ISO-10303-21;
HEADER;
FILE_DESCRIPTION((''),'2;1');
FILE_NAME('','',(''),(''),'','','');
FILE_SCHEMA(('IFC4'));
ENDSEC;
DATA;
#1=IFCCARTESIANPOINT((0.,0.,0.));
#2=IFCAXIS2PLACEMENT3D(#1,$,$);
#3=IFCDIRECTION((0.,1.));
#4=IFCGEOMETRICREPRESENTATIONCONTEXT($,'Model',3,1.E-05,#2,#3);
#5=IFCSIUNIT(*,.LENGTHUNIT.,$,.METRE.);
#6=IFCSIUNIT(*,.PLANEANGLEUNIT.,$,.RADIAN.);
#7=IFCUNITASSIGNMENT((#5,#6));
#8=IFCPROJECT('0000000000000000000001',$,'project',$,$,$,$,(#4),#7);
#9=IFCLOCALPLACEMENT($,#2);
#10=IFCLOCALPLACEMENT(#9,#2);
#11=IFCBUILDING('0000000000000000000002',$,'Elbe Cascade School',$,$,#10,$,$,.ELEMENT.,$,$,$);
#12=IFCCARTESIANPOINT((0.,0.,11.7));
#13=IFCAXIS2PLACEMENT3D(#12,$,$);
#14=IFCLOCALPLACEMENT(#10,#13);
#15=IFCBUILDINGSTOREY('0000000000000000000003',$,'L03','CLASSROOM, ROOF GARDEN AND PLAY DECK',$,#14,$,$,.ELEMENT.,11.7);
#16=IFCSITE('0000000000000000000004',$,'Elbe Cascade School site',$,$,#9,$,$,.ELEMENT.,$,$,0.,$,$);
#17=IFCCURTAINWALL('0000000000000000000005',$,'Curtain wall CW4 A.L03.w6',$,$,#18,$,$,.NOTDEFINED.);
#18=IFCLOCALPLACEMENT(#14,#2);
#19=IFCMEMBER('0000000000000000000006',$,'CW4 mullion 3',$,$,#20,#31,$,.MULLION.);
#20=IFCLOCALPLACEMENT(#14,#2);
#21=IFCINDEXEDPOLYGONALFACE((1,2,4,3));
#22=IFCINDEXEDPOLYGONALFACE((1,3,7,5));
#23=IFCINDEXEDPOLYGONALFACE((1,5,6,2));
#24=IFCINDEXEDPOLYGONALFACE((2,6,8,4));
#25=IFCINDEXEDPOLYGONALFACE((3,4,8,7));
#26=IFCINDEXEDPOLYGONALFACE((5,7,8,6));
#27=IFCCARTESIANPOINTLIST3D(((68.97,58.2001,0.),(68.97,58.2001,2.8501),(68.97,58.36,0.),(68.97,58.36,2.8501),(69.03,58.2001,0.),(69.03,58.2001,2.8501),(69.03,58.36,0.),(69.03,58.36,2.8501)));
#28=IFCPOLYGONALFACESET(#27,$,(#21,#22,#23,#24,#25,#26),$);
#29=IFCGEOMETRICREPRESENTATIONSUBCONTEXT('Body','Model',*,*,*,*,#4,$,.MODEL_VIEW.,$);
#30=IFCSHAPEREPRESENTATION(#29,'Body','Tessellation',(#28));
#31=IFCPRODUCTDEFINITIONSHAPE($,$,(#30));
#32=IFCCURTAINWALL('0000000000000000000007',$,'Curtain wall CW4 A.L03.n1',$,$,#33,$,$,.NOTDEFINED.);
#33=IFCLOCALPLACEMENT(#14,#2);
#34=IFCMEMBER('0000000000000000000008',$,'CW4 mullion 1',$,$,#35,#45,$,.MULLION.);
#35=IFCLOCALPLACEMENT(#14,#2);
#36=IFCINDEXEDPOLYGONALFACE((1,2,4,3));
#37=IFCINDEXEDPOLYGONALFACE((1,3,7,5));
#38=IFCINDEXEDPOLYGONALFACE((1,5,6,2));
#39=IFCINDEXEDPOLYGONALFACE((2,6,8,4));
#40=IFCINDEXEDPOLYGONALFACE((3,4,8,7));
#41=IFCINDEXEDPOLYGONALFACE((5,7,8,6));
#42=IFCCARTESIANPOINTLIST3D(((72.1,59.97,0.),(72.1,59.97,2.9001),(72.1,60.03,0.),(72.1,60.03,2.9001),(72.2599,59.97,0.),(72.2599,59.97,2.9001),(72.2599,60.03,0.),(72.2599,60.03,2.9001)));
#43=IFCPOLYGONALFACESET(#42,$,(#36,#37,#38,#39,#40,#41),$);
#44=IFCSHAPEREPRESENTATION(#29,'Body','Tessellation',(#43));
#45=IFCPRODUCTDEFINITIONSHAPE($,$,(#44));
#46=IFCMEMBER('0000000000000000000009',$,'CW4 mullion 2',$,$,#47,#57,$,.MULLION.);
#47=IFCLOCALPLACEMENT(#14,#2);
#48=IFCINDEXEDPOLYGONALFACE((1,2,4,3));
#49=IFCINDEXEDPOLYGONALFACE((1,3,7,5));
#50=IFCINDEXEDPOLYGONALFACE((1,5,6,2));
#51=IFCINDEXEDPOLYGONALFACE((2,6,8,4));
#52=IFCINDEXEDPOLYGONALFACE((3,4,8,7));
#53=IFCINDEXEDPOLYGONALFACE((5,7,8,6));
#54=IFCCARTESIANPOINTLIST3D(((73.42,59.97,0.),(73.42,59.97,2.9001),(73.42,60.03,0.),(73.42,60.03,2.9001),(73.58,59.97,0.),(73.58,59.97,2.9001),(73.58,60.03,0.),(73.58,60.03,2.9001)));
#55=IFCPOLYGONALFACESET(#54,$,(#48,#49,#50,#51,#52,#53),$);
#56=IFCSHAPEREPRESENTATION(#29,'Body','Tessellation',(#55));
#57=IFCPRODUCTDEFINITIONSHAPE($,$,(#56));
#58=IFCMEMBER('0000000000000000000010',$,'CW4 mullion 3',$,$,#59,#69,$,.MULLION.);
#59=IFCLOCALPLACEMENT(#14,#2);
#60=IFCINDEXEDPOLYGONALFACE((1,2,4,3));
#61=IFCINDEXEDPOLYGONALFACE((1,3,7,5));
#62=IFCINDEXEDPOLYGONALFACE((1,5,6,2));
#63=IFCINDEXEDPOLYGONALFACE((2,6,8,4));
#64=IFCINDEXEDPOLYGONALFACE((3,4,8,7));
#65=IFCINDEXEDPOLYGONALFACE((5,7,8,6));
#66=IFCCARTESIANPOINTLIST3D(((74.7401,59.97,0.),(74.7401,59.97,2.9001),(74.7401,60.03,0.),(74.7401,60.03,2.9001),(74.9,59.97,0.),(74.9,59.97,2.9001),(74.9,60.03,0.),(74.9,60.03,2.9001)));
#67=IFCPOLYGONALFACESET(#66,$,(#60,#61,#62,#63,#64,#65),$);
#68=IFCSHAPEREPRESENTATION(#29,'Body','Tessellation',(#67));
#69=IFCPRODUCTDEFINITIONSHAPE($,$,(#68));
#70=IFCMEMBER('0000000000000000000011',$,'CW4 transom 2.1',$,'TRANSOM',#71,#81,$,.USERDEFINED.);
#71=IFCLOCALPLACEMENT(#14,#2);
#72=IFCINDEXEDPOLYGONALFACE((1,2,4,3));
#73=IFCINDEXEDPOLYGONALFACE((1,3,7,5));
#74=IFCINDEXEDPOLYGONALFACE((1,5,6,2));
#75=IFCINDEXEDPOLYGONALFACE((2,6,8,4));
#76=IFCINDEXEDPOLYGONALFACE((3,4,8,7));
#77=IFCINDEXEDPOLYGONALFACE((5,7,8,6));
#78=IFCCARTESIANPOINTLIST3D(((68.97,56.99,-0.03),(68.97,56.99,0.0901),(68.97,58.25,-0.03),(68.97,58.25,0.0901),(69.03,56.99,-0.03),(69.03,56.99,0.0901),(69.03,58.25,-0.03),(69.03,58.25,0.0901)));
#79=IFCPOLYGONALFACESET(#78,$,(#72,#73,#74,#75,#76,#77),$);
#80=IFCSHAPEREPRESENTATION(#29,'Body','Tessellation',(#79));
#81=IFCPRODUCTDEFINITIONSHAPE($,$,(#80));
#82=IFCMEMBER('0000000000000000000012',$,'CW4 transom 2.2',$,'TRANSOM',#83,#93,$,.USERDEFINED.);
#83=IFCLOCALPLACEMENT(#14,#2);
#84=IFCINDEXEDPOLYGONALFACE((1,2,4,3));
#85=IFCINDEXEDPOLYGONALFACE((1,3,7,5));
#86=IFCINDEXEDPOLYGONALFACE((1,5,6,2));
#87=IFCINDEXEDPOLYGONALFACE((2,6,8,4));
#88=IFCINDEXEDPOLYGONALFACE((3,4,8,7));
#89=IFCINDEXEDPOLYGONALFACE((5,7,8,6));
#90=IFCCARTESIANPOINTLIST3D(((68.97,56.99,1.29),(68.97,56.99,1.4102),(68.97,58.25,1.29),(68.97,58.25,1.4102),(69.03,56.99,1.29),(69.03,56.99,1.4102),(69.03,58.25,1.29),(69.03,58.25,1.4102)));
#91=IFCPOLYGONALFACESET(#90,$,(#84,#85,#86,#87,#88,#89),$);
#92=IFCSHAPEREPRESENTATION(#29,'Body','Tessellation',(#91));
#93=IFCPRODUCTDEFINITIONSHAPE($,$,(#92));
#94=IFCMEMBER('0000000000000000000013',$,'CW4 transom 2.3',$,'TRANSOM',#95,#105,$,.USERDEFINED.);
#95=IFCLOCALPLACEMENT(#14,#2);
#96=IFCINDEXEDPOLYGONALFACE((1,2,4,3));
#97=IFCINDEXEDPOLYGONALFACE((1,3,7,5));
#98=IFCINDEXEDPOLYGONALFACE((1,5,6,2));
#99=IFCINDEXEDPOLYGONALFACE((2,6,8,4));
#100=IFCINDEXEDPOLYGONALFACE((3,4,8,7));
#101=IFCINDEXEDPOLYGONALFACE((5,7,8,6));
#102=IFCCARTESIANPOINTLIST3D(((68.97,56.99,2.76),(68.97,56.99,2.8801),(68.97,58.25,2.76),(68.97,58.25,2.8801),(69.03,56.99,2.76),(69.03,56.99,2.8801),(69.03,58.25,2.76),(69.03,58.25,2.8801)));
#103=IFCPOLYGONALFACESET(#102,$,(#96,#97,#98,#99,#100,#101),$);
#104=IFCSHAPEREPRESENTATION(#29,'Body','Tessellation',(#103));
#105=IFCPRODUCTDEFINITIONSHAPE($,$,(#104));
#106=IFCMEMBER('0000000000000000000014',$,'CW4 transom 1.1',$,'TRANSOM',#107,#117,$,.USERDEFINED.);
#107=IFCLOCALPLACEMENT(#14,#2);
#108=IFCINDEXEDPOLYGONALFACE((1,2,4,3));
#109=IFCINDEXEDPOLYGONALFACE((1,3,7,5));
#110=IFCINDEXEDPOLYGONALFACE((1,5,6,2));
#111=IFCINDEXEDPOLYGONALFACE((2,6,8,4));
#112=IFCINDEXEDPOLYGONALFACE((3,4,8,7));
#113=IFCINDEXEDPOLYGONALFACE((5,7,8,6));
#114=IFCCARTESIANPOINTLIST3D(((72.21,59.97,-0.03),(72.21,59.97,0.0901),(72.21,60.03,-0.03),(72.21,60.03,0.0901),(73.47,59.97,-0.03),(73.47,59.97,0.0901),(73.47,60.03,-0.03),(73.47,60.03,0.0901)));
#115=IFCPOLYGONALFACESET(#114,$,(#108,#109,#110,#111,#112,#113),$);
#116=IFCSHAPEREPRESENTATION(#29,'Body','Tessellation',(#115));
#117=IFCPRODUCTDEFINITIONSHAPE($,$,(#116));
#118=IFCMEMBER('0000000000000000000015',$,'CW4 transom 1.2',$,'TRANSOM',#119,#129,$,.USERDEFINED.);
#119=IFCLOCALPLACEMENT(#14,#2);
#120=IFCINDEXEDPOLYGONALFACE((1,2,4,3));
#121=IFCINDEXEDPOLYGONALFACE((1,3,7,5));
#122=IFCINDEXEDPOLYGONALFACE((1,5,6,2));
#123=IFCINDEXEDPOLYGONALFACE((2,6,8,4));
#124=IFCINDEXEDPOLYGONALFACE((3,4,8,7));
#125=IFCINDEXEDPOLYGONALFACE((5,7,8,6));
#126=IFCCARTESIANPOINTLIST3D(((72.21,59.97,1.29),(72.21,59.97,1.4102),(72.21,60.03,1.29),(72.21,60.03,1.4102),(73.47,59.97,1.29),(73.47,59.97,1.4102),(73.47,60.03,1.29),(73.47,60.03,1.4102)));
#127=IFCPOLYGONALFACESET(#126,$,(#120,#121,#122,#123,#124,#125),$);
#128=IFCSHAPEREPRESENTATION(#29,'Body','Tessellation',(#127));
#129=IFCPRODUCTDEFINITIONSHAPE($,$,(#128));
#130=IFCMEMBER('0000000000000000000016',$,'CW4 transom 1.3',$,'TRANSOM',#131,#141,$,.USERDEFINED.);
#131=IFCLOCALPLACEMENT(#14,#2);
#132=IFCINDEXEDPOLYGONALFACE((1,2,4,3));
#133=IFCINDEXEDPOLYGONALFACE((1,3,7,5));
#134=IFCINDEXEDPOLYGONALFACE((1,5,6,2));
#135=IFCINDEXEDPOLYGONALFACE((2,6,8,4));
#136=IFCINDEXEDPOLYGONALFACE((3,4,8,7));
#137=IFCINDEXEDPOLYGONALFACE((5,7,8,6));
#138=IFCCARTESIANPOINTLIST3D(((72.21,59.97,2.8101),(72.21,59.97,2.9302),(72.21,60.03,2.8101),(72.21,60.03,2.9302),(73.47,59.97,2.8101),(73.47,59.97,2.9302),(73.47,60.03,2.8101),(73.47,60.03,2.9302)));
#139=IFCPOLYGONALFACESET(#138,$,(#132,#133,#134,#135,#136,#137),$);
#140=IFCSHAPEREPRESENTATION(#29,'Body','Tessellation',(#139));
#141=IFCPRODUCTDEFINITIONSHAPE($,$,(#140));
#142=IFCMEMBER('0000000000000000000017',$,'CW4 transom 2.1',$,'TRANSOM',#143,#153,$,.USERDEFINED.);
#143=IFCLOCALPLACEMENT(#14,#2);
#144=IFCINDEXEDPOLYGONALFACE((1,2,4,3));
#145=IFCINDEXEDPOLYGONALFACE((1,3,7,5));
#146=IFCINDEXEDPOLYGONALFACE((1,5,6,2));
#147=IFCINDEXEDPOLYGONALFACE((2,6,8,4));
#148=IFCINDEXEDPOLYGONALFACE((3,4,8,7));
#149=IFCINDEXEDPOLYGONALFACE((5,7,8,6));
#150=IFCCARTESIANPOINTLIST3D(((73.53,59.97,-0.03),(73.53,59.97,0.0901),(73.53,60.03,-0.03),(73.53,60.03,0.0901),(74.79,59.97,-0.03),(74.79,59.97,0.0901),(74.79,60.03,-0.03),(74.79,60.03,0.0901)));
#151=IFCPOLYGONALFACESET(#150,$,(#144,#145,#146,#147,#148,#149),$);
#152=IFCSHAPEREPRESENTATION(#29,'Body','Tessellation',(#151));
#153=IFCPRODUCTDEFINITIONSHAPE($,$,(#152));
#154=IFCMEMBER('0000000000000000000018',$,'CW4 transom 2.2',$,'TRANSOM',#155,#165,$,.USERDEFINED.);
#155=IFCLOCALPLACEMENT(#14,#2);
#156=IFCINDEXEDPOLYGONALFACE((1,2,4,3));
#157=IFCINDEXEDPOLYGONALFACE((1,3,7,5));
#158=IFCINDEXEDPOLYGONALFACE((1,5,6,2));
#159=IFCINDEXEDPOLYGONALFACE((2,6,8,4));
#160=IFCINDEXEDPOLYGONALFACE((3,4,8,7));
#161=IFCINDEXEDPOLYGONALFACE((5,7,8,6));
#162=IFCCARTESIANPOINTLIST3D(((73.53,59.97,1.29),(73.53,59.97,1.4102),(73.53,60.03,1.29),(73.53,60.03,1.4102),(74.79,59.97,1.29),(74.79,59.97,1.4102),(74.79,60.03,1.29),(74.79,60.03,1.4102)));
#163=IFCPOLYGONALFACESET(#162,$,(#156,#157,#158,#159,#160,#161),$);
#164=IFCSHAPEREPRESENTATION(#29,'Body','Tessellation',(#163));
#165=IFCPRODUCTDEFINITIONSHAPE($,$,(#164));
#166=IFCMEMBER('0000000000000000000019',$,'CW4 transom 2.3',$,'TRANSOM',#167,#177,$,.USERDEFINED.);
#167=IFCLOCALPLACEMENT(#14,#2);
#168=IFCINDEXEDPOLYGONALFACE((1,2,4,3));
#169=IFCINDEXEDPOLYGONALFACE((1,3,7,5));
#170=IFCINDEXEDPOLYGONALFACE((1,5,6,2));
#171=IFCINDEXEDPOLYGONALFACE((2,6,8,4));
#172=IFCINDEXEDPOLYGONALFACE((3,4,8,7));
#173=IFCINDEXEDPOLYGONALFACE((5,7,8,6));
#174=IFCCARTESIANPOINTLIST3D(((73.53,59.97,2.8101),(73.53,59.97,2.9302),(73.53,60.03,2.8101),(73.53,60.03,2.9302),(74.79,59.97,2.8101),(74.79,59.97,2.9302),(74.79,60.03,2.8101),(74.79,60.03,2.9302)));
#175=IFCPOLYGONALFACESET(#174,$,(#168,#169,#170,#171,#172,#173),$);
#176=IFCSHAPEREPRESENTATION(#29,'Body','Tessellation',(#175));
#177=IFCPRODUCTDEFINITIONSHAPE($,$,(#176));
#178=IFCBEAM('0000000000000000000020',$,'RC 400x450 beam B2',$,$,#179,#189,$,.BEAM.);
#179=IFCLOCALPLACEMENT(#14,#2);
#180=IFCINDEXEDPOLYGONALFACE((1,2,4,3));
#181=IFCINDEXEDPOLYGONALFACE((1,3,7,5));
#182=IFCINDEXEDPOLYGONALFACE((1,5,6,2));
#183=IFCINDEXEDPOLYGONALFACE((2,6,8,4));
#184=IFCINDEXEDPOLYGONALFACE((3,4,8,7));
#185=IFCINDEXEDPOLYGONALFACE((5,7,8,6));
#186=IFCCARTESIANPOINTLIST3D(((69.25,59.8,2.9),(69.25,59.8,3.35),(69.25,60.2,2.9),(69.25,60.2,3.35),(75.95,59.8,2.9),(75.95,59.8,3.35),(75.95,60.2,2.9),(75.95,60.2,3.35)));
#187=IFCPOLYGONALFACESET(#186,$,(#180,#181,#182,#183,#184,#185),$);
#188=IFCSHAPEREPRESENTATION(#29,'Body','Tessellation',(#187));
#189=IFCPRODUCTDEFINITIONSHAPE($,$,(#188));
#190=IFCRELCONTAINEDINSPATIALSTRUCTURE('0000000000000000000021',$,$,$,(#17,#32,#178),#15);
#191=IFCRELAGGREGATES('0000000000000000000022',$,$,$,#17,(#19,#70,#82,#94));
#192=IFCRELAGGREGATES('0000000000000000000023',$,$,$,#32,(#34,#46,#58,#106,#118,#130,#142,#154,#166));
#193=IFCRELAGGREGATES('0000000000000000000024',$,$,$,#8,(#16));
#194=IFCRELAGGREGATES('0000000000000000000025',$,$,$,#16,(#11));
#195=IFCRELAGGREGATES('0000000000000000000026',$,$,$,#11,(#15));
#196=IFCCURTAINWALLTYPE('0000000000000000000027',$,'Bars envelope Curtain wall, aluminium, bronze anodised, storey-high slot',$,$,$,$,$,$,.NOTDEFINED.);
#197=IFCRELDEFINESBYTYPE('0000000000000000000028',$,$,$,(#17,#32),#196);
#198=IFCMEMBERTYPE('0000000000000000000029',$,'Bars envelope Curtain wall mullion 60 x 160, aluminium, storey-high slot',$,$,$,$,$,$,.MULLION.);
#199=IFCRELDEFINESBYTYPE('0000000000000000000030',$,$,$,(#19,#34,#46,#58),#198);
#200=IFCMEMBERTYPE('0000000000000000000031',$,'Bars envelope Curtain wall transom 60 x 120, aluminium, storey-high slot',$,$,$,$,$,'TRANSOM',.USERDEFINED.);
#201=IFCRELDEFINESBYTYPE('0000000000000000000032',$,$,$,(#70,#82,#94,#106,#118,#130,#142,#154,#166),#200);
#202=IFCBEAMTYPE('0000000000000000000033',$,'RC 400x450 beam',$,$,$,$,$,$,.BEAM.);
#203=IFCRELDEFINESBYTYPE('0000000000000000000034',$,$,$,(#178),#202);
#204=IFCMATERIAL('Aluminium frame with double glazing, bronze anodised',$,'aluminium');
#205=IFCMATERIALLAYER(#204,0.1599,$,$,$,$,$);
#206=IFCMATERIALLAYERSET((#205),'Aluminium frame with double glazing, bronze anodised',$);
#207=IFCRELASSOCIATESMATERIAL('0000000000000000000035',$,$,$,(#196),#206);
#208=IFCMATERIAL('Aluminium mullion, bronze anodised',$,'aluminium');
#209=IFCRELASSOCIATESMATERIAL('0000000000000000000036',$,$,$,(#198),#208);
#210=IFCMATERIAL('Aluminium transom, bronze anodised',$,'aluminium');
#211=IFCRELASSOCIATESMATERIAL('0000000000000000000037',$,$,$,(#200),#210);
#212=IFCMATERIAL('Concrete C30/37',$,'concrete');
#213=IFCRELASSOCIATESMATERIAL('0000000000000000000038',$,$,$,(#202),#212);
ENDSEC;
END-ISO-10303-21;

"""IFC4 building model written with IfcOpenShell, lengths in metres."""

from ifc_helpers import new_model, si_unit, direction, frame, origin, origin_2d, place, context, subcontext, project, spatial, rectangle, extrude, material, layer, layer_set, material_profile, profile_set, type_object, element, aggregate, save


model = new_model("IFC4")

# Units and contexts
model_context = context("Model", 3, precision=1e-05, world=origin(), true_north=direction((0.0, 1.0)))
body_context = subcontext(model_context, "Body", "Model", "MODEL_VIEW")
ifc_project = project(units=[si_unit("LENGTHUNIT", "METRE"), si_unit("PLANEANGLEUNIT", "RADIAN")], contexts=[model_context])

# Site, building, storey
site_placement = place(None, origin())
site = spatial("IfcSite", under=ifc_project, at=site_placement, Name="Elbe Cascade School site", CompositionType="ELEMENT", RefElevation=0.0)
building_placement = place(site_placement, origin())
building = spatial("IfcBuilding", under=site, at=building_placement, Name="Elbe Cascade School", CompositionType="ELEMENT")
storey_placement = place(building_placement, frame((0.0, 0.0, 11.7)))
storey = spatial("IfcBuildingStorey", under=building, at=storey_placement, Name="L03", Description="CLASSROOM, ROOF GARDEN AND PLAY DECK", CompositionType="ELEMENT", Elevation=11.7)

# Curtain wall, member
ifc_material_1 = material(Name="Aluminium frame with double glazing, bronze anodised", Category="aluminium")
ifc_layer_1 = layer(ifc_material_1, 0.1599)
ifc_layer_set_1 = layer_set([ifc_layer_1], Name="Aluminium frame with double glazing, bronze anodised")
curtain_wall_type = type_object("IfcCurtainWallType", Name="Bars envelope Curtain wall, aluminium, bronze anodised, storey-high slot", PredefinedType="NOTDEFINED", material=ifc_layer_set_1)
curtain_wall_1_placement = place(storey_placement, origin())
curtain_wall_1 = element("IfcCurtainWall", 1, at=curtain_wall_1_placement, inside=storey, type_object=curtain_wall_type, Name="Curtain wall CW4 A.L03.w6", PredefinedType="NOTDEFINED")
ifc_material_2 = material(Name="Aluminium mullion, bronze anodised", Category="aluminium")
ifc_material_profile_1 = material_profile(ifc_material_2, rectangle(XDim=0.0601, YDim=0.1599, at=origin_2d()), Name="Bars envelope Curtain wall mullion 60 x 160, aluminium, storey-high slot")
ifc_profile_set_1 = profile_set([ifc_material_profile_1], Name="Aluminium mullion, bronze anodised")
member_type_1 = type_object("IfcMemberType", Name="Bars envelope Curtain wall mullion 60 x 160, aluminium, storey-high slot", PredefinedType="MULLION", material=ifc_profile_set_1)
member_1_placement = place(storey_placement, frame((69.0, 58.28, 0.0), z_axis=(0.0, 0.0, 1.0), x_axis=(-1.0, 0.0, 0.0)))
member_1 = element("IfcMember", 2, at=member_1_placement, type_object=member_type_1, Name="CW4 mullion 3", PredefinedType="MULLION", context=body_context, shape_type="SweptSolid", body=[
    extrude(rectangle(XDim=0.0601, YDim=0.1599, at=origin_2d()), origin(), (0.0, 0.0, 1.0), 2.8501),
])

# Curtain wall, members
curtain_wall_2_placement = place(storey_placement, origin())
curtain_wall_2 = element("IfcCurtainWall", 3, at=curtain_wall_2_placement, inside=storey, type_object=curtain_wall_type, Name="Curtain wall CW4 A.L03.n1", PredefinedType="NOTDEFINED")
member_2_placement = place(storey_placement, frame((72.1799, 60.0, 0.0), z_axis=(0.0, 0.0, 1.0), x_axis=(0.0, 1.0, 0.0)))
member_2 = element("IfcMember", 4, at=member_2_placement, type_object=member_type_1, Name="CW4 mullion 1", PredefinedType="MULLION", context=body_context, shape_type="SweptSolid", body=[
    extrude(rectangle(XDim=0.0601, YDim=0.1599, at=origin_2d()), origin(), (0.0, 0.0, 1.0), 2.9001),
])
member_3_placement = place(storey_placement, frame((73.5, 60.0, 0.0), z_axis=(0.0, 0.0, 1.0), x_axis=(0.0, 1.0, 0.0)))
member_3 = element("IfcMember", 5, at=member_3_placement, type_object=member_type_1, Name="CW4 mullion 2", PredefinedType="MULLION", context=body_context, shape_type="SweptSolid", body=[
    extrude(rectangle(XDim=0.0601, YDim=0.1599, at=origin_2d()), origin(), (0.0, 0.0, 1.0), 2.9001),
])
member_4_placement = place(storey_placement, frame((74.8201, 60.0, 0.0), z_axis=(0.0, 0.0, 1.0), x_axis=(0.0, 1.0, 0.0)))
member_4 = element("IfcMember", 6, at=member_4_placement, type_object=member_type_1, Name="CW4 mullion 3", PredefinedType="MULLION", context=body_context, shape_type="SweptSolid", body=[
    extrude(rectangle(XDim=0.0601, YDim=0.1599, at=origin_2d()), origin(), (0.0, 0.0, 1.0), 2.9001),
])

# Members
ifc_material_3 = material(Name="Aluminium transom, bronze anodised", Category="aluminium")
ifc_material_profile_2 = material_profile(ifc_material_3, rectangle(XDim=0.0601, YDim=0.1201, at=origin_2d()), Name="Bars envelope Curtain wall transom 60 x 120, aluminium, storey-high slot")
ifc_profile_set_2 = profile_set([ifc_material_profile_2], Name="Aluminium transom, bronze anodised")
member_type_2 = type_object("IfcMemberType", Name="Bars envelope Curtain wall transom 60 x 120, aluminium, storey-high slot", ElementType="TRANSOM", PredefinedType="USERDEFINED", material=ifc_profile_set_2)
member_5_placement = place(storey_placement, frame((69.0, 56.99, 0.03), z_axis=(0.0, 1.0, 0.0), x_axis=(-1.0, 0.0, 0.0)))
member_5 = element("IfcMember", 7, at=member_5_placement, type_object=member_type_2, Name="CW4 transom 2.1", ObjectType="TRANSOM", PredefinedType="USERDEFINED", context=body_context, shape_type="SweptSolid", body=[
    extrude(rectangle(XDim=0.0601, YDim=0.1201, at=origin_2d()), origin(), (0.0, 0.0, 1.0), 1.26),
])
member_6_placement = place(storey_placement, frame((69.0, 56.99, 1.3501), z_axis=(0.0, 1.0, 0.0), x_axis=(-1.0, 0.0, 0.0)))
member_6 = element("IfcMember", 8, at=member_6_placement, type_object=member_type_2, Name="CW4 transom 2.2", ObjectType="TRANSOM", PredefinedType="USERDEFINED", context=body_context, shape_type="SweptSolid", body=[
    extrude(rectangle(XDim=0.0601, YDim=0.1201, at=origin_2d()), origin(), (0.0, 0.0, 1.0), 1.26),
])
member_7_placement = place(storey_placement, frame((69.0, 56.99, 2.8201), z_axis=(0.0, 1.0, 0.0), x_axis=(-1.0, 0.0, 0.0)))
member_7 = element("IfcMember", 9, at=member_7_placement, type_object=member_type_2, Name="CW4 transom 2.3", ObjectType="TRANSOM", PredefinedType="USERDEFINED", context=body_context, shape_type="SweptSolid", body=[
    extrude(rectangle(XDim=0.0601, YDim=0.1201, at=origin_2d()), origin(), (0.0, 0.0, 1.0), 1.26),
])
member_8_placement = place(storey_placement, frame((72.21, 60.0, 0.03), z_axis=(1.0, 0.0, 0.0), x_axis=(0.0, 1.0, 0.0)))
member_8 = element("IfcMember", 10, at=member_8_placement, type_object=member_type_2, Name="CW4 transom 1.1", ObjectType="TRANSOM", PredefinedType="USERDEFINED", context=body_context, shape_type="SweptSolid", body=[
    extrude(rectangle(XDim=0.0601, YDim=0.1201, at=origin_2d()), origin(), (0.0, 0.0, 1.0), 1.26),
])
member_9_placement = place(storey_placement, frame((72.21, 60.0, 1.3501), z_axis=(1.0, 0.0, 0.0), x_axis=(0.0, 1.0, 0.0)))
member_9 = element("IfcMember", 11, at=member_9_placement, type_object=member_type_2, Name="CW4 transom 1.2", ObjectType="TRANSOM", PredefinedType="USERDEFINED", context=body_context, shape_type="SweptSolid", body=[
    extrude(rectangle(XDim=0.0601, YDim=0.1201, at=origin_2d()), origin(), (0.0, 0.0, 1.0), 1.26),
])
member_10_placement = place(storey_placement, frame((72.21, 60.0, 2.8701), z_axis=(1.0, 0.0, 0.0), x_axis=(0.0, 1.0, 0.0)))
member_10 = element("IfcMember", 12, at=member_10_placement, type_object=member_type_2, Name="CW4 transom 1.3", ObjectType="TRANSOM", PredefinedType="USERDEFINED", context=body_context, shape_type="SweptSolid", body=[
    extrude(rectangle(XDim=0.0601, YDim=0.1201, at=origin_2d()), origin(), (0.0, 0.0, 1.0), 1.26),
])
member_11_placement = place(storey_placement, frame((73.53, 60.0, 0.03), z_axis=(1.0, 0.0, 0.0), x_axis=(0.0, 1.0, 0.0)))
member_11 = element("IfcMember", 13, at=member_11_placement, type_object=member_type_2, Name="CW4 transom 2.1", ObjectType="TRANSOM", PredefinedType="USERDEFINED", context=body_context, shape_type="SweptSolid", body=[
    extrude(rectangle(XDim=0.0601, YDim=0.1201, at=origin_2d()), origin(), (0.0, 0.0, 1.0), 1.26),
])
member_12_placement = place(storey_placement, frame((73.53, 60.0, 1.3501), z_axis=(1.0, 0.0, 0.0), x_axis=(0.0, 1.0, 0.0)))
member_12 = element("IfcMember", 14, at=member_12_placement, type_object=member_type_2, Name="CW4 transom 2.2", ObjectType="TRANSOM", PredefinedType="USERDEFINED", context=body_context, shape_type="SweptSolid", body=[
    extrude(rectangle(XDim=0.0601, YDim=0.1201, at=origin_2d()), origin(), (0.0, 0.0, 1.0), 1.26),
])
member_13_placement = place(storey_placement, frame((73.53, 60.0, 2.8701), z_axis=(1.0, 0.0, 0.0), x_axis=(0.0, 1.0, 0.0)))
member_13 = element("IfcMember", 15, at=member_13_placement, type_object=member_type_2, Name="CW4 transom 2.3", ObjectType="TRANSOM", PredefinedType="USERDEFINED", context=body_context, shape_type="SweptSolid", body=[
    extrude(rectangle(XDim=0.0601, YDim=0.1201, at=origin_2d()), origin(), (0.0, 0.0, 1.0), 1.26),
])

# Beam
ifc_material_4 = material(Name="Concrete C30/37", Category="concrete")
ifc_material_profile_3 = material_profile(ifc_material_4, rectangle(XDim=0.3999, YDim=0.45, at=origin_2d()), Name="RC 400x450")
ifc_profile_set_3 = profile_set([ifc_material_profile_3], Name="Concrete C30/37")
beam_type = type_object("IfcBeamType", Name="RC 400x450 beam", PredefinedType="BEAM", material=ifc_profile_set_3)
beam_placement = place(storey_placement, frame((69.25, 60.0, 3.125), z_axis=(1.0, 0.0, 0.0), x_axis=(0.0, 1.0, 0.0)))
element("IfcBeam", 16, at=beam_placement, inside=storey, type_object=beam_type, Name="RC 400x450 beam B2", PredefinedType="BEAM", context=body_context, shape_type="SweptSolid", body=[
    extrude(rectangle(XDim=0.3999, YDim=0.45, at=origin_2d()), origin(), (0.0, 0.0, 1.0), 6.7),
])

aggregate(curtain_wall_1, [member_1, member_5, member_6, member_7])
aggregate(curtain_wall_2, [member_2, member_3, member_4, member_8, member_9, member_10, member_11, member_12, member_13])

save(model, "model.ifc")
